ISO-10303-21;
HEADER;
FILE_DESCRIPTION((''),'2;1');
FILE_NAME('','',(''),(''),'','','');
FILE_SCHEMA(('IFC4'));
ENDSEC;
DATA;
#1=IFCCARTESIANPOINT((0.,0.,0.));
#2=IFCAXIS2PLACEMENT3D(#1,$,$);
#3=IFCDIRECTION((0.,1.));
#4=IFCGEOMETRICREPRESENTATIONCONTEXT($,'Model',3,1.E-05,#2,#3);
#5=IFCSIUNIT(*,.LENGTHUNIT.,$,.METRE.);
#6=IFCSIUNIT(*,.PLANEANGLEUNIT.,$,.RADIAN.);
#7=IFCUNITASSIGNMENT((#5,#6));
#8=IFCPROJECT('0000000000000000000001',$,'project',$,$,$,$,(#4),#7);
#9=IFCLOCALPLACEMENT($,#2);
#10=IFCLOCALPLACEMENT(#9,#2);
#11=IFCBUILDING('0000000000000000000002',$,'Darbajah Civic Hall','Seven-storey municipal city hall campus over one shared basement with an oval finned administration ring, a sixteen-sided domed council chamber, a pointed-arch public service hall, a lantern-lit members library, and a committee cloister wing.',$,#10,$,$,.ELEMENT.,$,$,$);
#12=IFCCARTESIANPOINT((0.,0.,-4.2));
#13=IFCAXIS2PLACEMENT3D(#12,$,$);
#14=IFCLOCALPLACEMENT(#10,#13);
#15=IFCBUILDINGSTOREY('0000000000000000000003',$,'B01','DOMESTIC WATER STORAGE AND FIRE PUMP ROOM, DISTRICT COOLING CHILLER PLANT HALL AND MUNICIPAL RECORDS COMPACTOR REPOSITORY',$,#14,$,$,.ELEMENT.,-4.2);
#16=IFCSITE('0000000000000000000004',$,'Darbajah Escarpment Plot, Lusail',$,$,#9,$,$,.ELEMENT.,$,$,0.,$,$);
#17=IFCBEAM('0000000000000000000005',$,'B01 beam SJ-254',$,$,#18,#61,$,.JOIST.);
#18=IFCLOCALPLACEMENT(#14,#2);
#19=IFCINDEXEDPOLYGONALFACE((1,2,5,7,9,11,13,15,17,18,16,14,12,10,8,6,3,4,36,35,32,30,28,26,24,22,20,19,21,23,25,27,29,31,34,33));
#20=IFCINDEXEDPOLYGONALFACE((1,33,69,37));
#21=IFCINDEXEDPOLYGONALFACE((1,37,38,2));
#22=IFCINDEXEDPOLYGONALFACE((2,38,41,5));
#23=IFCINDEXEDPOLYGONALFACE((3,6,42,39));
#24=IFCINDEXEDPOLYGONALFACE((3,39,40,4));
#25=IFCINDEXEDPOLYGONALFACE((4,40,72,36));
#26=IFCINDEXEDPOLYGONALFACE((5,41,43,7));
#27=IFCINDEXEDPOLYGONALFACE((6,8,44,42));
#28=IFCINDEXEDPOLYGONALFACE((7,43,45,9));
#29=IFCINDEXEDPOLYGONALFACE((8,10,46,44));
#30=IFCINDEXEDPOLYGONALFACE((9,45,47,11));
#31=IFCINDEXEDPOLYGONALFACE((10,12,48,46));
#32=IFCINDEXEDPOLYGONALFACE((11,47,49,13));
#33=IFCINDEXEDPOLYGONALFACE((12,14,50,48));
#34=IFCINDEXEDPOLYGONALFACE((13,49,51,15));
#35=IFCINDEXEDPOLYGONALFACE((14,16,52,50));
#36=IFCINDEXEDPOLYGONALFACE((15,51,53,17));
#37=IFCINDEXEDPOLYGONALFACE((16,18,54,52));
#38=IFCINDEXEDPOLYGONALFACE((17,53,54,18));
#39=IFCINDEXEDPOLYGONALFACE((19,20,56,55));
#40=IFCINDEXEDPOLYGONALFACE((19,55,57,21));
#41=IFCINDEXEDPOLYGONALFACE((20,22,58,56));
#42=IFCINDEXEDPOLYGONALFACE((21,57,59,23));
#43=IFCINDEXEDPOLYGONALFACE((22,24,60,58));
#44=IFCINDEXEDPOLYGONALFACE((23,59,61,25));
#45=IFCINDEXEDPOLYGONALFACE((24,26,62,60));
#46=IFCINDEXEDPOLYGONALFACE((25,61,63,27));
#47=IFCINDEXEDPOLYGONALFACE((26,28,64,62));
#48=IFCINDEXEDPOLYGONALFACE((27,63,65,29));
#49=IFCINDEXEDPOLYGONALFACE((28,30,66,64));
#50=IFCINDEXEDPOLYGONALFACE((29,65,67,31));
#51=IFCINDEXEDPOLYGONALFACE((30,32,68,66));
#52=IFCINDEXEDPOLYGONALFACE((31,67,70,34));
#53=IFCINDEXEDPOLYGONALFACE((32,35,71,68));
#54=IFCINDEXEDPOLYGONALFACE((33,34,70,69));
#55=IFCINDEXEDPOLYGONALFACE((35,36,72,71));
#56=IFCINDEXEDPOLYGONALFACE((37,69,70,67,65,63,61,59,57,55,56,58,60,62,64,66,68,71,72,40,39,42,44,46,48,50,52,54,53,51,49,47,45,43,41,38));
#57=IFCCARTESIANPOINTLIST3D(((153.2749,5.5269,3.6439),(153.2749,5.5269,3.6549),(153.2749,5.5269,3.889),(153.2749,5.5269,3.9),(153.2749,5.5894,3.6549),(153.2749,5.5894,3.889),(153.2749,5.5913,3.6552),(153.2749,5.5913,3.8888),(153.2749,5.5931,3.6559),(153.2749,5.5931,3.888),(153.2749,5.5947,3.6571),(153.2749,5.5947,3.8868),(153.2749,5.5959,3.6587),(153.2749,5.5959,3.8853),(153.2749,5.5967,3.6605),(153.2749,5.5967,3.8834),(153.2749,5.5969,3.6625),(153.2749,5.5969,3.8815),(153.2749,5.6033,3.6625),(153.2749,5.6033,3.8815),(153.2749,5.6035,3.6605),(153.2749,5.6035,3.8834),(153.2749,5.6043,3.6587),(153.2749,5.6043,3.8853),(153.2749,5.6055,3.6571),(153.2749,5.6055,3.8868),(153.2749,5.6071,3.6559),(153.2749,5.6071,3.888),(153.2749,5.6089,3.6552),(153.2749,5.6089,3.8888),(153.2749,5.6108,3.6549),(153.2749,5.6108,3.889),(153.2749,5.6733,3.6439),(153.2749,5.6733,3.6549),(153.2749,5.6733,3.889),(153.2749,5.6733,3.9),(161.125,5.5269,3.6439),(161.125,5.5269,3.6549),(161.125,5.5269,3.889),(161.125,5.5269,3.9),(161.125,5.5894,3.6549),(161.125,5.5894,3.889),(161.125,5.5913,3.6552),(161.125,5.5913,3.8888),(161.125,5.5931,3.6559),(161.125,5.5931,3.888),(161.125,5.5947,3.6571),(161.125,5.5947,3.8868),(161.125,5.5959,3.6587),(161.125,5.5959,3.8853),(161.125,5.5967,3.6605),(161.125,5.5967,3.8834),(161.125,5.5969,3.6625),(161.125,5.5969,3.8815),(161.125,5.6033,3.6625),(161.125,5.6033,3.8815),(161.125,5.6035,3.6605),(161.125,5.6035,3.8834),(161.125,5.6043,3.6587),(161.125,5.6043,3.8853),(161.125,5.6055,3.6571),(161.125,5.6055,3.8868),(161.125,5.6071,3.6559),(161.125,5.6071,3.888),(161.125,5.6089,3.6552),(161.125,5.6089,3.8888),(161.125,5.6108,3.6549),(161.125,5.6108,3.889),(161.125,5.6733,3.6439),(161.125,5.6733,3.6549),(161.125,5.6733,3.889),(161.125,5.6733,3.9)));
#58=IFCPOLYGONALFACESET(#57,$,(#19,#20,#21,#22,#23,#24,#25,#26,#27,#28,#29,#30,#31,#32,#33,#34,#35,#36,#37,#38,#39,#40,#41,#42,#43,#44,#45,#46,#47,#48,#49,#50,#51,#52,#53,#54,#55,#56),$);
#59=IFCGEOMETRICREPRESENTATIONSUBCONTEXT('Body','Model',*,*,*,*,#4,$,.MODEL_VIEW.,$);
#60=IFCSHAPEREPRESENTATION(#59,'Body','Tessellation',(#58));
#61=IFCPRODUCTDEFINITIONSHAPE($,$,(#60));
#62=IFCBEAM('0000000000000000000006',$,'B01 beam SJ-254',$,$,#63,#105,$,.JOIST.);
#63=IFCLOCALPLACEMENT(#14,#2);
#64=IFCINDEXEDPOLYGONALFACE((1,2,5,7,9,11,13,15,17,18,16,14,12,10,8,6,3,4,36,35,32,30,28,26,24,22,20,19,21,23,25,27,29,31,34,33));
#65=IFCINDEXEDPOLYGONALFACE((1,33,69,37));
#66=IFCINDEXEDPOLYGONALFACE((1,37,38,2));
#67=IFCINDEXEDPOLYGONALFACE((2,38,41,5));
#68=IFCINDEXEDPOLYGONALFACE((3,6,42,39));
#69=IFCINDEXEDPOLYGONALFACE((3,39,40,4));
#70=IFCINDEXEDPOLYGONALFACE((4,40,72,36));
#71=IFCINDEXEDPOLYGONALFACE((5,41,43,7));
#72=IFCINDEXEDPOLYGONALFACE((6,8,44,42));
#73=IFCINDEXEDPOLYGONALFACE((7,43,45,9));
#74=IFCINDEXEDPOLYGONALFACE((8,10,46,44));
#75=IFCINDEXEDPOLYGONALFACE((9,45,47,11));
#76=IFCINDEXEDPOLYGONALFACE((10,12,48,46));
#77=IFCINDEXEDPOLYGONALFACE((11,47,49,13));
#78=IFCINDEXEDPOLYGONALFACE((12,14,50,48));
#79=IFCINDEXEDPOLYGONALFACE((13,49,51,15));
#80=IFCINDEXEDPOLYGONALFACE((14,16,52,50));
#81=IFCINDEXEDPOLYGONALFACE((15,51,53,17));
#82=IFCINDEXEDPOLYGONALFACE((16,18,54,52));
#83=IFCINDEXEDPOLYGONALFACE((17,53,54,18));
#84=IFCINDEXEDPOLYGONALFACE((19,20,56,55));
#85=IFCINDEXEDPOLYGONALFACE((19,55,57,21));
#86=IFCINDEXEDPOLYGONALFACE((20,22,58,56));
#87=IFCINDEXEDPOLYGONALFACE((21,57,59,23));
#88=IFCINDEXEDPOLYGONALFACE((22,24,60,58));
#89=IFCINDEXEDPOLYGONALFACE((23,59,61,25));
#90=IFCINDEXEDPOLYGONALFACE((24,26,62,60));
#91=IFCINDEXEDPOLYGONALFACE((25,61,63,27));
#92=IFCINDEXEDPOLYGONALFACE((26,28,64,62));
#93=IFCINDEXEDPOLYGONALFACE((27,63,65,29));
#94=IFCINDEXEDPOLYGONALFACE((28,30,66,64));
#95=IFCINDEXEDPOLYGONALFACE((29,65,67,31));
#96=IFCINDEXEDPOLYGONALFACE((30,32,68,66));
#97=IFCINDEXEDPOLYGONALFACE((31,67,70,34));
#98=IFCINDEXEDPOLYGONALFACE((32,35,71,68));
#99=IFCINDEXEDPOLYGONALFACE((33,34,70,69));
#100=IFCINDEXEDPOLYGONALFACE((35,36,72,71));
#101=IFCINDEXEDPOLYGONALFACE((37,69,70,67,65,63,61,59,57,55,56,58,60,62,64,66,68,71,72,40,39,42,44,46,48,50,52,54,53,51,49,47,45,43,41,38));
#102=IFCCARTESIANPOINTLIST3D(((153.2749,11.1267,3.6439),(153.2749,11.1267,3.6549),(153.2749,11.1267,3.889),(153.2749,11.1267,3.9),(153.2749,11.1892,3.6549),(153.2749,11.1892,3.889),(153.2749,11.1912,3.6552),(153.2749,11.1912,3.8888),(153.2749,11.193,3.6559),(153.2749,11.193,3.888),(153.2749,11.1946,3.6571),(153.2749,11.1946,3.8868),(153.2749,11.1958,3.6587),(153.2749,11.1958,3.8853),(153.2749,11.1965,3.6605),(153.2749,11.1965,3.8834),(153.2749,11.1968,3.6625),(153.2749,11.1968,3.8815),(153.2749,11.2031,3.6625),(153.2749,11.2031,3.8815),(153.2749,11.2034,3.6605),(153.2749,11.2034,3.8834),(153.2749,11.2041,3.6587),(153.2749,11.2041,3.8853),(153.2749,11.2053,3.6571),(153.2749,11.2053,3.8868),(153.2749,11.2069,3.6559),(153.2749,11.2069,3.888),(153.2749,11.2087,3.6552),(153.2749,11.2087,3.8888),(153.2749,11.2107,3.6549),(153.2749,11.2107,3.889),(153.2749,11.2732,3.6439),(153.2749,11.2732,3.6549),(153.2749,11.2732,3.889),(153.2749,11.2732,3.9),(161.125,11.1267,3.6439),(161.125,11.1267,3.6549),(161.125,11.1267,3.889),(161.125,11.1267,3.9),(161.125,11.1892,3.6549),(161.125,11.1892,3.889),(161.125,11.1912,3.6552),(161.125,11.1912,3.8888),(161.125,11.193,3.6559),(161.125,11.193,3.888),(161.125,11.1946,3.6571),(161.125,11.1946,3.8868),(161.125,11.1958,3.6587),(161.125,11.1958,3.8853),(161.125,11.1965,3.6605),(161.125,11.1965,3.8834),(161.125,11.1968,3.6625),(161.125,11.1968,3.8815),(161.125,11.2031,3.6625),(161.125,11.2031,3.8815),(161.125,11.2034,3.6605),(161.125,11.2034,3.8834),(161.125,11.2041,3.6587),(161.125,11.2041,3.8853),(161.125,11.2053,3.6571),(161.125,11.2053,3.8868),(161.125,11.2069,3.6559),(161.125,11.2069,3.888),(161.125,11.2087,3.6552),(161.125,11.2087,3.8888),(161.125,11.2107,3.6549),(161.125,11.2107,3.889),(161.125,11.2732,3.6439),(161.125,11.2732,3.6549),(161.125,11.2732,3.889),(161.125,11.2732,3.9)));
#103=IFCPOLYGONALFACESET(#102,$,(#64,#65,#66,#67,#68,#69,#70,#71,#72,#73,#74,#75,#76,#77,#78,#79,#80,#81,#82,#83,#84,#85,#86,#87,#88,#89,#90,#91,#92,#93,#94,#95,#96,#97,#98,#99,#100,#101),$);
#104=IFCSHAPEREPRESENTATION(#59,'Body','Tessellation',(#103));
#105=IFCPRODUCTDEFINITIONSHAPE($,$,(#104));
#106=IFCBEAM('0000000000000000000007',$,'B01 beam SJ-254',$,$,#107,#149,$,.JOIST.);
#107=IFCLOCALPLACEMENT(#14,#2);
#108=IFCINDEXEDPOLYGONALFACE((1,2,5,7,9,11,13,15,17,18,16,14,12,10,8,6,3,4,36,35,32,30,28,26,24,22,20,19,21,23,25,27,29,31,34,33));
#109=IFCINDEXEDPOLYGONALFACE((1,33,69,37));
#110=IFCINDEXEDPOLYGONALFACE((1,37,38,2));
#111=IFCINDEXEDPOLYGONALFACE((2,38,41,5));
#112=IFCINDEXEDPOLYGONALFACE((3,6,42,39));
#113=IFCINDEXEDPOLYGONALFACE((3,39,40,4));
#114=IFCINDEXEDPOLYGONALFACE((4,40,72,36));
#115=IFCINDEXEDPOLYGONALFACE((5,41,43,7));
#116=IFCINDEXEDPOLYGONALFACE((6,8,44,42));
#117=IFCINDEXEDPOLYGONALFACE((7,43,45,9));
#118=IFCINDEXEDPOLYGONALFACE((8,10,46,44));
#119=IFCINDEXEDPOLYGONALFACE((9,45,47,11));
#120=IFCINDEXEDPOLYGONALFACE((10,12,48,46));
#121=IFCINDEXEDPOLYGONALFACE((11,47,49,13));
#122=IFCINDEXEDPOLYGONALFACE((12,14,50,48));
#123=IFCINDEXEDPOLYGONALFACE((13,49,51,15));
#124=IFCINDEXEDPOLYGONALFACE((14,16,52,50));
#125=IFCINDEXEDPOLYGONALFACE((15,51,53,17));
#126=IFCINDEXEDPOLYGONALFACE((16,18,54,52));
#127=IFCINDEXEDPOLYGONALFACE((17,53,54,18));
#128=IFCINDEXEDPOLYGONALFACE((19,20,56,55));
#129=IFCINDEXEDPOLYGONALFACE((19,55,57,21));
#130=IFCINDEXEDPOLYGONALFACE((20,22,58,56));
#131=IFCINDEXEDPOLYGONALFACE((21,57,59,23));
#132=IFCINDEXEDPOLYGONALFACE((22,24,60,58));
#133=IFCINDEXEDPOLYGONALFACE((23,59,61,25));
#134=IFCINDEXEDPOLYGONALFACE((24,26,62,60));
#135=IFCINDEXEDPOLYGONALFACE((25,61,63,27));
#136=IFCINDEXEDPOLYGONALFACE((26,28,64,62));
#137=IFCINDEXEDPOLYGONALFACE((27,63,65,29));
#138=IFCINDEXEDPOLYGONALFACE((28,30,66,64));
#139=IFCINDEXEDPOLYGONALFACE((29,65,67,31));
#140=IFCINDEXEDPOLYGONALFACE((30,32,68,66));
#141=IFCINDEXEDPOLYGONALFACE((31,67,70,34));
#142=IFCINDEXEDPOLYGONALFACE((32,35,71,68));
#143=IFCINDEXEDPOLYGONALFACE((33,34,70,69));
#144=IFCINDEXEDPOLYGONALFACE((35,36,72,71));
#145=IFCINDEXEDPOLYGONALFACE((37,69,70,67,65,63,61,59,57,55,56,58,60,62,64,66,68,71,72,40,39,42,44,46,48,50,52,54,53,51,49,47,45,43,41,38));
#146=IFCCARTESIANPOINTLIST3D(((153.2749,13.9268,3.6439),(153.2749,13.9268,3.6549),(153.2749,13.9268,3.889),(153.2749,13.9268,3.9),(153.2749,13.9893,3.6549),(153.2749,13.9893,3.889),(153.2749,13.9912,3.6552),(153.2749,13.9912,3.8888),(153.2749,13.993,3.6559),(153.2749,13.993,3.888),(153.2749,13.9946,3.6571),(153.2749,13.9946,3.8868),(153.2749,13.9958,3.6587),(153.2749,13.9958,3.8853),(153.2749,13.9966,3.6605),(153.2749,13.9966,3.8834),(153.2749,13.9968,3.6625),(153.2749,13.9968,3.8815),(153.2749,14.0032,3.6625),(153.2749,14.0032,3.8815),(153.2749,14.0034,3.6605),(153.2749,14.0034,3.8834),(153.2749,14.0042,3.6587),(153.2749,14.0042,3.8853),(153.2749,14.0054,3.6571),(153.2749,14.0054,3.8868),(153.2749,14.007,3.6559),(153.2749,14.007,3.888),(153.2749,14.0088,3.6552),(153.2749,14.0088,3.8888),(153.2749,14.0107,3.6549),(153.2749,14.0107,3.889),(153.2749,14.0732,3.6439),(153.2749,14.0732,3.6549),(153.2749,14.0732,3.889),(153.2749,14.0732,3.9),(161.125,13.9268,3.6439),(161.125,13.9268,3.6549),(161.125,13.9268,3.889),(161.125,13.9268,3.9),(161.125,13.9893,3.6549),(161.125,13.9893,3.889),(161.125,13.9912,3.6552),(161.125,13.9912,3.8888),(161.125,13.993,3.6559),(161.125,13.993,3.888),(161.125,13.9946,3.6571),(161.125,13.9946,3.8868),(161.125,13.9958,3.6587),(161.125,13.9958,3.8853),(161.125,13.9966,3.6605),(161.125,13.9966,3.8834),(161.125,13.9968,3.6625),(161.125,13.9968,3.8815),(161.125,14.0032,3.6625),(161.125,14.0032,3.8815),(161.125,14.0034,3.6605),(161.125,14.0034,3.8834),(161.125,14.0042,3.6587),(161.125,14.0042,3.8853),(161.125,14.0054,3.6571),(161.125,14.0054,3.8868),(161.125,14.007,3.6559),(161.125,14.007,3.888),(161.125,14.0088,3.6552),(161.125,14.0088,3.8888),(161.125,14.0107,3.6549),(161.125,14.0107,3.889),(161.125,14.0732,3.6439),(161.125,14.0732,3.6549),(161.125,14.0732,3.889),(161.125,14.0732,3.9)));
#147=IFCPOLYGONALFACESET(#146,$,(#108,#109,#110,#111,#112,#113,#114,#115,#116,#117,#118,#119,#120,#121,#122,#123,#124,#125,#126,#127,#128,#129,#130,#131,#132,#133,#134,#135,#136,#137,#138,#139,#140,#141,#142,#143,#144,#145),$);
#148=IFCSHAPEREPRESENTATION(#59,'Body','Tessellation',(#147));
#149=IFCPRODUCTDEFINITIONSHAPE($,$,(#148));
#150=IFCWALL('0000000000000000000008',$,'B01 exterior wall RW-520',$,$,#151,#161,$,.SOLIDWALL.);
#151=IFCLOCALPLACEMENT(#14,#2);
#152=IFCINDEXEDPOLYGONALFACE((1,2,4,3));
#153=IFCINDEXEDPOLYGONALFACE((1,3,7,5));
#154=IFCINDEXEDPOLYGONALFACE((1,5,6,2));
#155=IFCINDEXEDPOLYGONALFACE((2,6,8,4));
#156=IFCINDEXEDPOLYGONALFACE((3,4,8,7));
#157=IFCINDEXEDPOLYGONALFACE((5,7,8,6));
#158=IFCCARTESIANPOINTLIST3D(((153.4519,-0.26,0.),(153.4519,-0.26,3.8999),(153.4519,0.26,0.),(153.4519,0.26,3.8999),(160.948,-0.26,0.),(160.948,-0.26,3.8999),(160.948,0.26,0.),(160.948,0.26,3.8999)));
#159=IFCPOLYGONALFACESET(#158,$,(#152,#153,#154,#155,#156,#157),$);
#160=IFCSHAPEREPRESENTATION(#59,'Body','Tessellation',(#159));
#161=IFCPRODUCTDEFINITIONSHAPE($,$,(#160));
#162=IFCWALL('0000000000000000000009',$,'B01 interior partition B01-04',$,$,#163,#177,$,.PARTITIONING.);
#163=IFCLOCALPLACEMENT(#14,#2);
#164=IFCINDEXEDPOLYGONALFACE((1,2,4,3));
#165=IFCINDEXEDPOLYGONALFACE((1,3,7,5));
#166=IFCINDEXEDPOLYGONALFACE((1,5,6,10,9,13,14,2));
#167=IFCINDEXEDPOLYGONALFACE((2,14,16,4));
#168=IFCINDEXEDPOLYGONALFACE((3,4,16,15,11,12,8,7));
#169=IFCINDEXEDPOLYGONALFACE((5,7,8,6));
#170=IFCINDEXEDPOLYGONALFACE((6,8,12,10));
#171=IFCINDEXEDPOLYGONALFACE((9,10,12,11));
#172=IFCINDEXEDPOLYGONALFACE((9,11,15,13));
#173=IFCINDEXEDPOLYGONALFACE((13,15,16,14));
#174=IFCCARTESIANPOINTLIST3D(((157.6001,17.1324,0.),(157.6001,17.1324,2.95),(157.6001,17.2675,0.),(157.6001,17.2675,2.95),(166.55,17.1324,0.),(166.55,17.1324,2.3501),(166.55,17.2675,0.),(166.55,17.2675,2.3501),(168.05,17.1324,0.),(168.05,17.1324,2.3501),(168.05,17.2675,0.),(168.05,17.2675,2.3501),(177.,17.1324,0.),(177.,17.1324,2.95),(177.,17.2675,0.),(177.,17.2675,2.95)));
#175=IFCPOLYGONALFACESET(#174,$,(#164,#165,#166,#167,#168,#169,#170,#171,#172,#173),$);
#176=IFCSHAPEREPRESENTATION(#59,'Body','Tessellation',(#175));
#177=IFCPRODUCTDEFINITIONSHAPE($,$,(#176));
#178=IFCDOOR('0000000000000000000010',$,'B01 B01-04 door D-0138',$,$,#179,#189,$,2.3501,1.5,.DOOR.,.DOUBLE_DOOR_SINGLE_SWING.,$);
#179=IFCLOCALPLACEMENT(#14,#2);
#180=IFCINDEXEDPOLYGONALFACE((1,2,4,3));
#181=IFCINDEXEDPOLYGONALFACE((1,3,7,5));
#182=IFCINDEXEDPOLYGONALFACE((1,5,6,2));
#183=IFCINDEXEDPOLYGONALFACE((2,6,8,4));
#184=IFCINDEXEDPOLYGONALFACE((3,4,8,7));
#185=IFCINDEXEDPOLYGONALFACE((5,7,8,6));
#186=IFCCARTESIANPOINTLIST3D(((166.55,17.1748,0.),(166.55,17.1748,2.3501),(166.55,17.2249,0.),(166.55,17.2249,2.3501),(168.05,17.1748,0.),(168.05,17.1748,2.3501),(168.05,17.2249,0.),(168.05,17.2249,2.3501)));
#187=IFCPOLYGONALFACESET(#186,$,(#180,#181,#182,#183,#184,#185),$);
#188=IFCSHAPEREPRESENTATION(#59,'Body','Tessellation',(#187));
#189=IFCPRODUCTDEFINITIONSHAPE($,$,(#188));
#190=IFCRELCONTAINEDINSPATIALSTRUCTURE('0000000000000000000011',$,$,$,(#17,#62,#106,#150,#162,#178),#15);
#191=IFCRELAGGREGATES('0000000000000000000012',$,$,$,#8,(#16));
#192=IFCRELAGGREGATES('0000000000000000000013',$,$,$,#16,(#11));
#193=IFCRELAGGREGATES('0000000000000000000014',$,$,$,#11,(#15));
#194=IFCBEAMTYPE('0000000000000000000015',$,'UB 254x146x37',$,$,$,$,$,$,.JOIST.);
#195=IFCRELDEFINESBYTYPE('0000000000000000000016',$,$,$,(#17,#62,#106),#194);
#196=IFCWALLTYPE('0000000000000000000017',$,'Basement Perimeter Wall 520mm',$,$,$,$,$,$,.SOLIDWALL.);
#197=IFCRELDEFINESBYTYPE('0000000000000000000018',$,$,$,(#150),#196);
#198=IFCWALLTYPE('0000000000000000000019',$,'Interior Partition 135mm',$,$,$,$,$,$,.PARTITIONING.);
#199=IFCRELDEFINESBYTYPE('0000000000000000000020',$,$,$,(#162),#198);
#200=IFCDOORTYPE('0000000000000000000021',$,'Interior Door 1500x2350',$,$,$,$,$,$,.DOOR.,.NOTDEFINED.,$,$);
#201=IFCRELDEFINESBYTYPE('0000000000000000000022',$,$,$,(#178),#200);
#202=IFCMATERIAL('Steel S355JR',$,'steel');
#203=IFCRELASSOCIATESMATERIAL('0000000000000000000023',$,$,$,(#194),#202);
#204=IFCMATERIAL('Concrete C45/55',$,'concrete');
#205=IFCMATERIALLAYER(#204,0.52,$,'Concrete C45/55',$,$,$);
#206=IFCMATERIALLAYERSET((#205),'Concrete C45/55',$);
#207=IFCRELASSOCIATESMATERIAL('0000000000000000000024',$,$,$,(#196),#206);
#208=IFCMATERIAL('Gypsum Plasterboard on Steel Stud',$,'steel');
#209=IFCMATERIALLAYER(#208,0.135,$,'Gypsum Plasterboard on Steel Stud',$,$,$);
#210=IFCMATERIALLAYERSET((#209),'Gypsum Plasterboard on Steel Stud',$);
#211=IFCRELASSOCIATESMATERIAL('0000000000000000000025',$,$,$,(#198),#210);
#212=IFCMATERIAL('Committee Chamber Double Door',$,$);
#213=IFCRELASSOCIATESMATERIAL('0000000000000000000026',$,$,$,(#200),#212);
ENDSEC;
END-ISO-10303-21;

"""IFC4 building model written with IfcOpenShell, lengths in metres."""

from ifc_helpers import new_model, si_unit, direction, frame, frame_2d, origin, origin_2d, place, context, subcontext, project, spatial, rectangle, i_section, extrude, material, layer, layer_set, material_profile, profile_set, type_object, element, fill, save


model = new_model("IFC4")

# Units and contexts
model_context = context("Model", 3, precision=1e-05, world=origin(), true_north=direction((0.0, 1.0)))
body_context = subcontext(model_context, "Body", "Model", "MODEL_VIEW")
ifc_project = project(units=[si_unit("LENGTHUNIT", "METRE"), si_unit("PLANEANGLEUNIT", "RADIAN")], contexts=[model_context])

# Site, building, storey
site_placement = place(None, origin())
site = spatial("IfcSite", under=ifc_project, at=site_placement, Name="Darbajah Escarpment Plot, Lusail", CompositionType="ELEMENT", RefElevation=0.0)
building_placement = place(site_placement, origin())
building = spatial("IfcBuilding", under=site, at=building_placement, Name="Darbajah Civic Hall", Description="Seven-storey municipal city hall campus over one shared basement with an oval finned administration ring, a sixteen-sided domed council chamber, a pointed-arch public service hall, a lantern-lit members library, and a committee cloister wing.", CompositionType="ELEMENT")
storey_placement = place(building_placement, frame((0.0, 0.0, -4.2)))
storey = spatial("IfcBuildingStorey", under=building, at=storey_placement, Name="B01", Description="DOMESTIC WATER STORAGE AND FIRE PUMP ROOM, DISTRICT COOLING CHILLER PLANT HALL AND MUNICIPAL RECORDS COMPACTOR REPOSITORY", CompositionType="ELEMENT", Elevation=-4.2)

# Shared definitions
ifc_material_1 = material(Name="Concrete C45/55", Category="concrete")

# Beams
ifc_material_2 = material(Name="Steel S355JR", Category="steel")
ifc_material_profile_1 = material_profile(ifc_material_2, i_section(OverallWidth=0.1465, OverallDepth=0.2561, WebThickness=0.0063, FlangeThickness=0.011, FilletRadius=0.0076, at=origin_2d()), Name="UB 254x146x37")
ifc_profile_set_1 = profile_set([ifc_material_profile_1], Name="Steel S355JR")
beam_type_1 = type_object("IfcBeamType", Name="UB 254x146x37", PredefinedType="JOIST", material=ifc_profile_set_1)
for number, where, z_axis, x_axis, name in (
    (1, (153.2749, 5.6001, 3.772), (1.0, 0.0, 0.0), (0.0, 1.0, 0.0), "B01 beam SJ-254"),
    (2, (153.2749, 11.2, 3.772), (1.0, 0.0, 0.0), (0.0, 1.0, 0.0), "B01 beam SJ-254"),
    (3, (153.2749, 14.0, 3.772), (1.0, 0.0, 0.0), (0.0, 1.0, 0.0), "B01 beam SJ-254"),
):
    element("IfcBeam", number, at=place(storey_placement, frame(where, z_axis=z_axis, x_axis=x_axis)), inside=storey, type_object=beam_type_1, Name=name, PredefinedType="JOIST", context=body_context, shape_type="SweptSolid", body=[
        extrude(i_section(OverallWidth=0.1465, OverallDepth=0.2561, WebThickness=0.0063, FlangeThickness=0.011, FilletRadius=0.0076, at=origin_2d()), origin(), (0.0, 0.0, 1.0), 7.8501),
    ])

# Wall
ifc_layer_1 = layer(ifc_material_1, 0.52, Name="Concrete C45/55")
ifc_layer_set_1 = layer_set([ifc_layer_1], Name="Concrete C45/55")
wall_type_1 = type_object("IfcWallType", Name="Basement Perimeter Wall 520mm", PredefinedType="SOLIDWALL", material=ifc_layer_set_1)
wall_1_placement = place(storey_placement, frame((153.4519, 0.0, 0.0), z_axis=(0.0, 0.0, 1.0), x_axis=(1.0, 0.0, 0.0)))
element("IfcWall", 4, at=wall_1_placement, inside=storey, type_object=wall_type_1, Name="B01 exterior wall RW-520", PredefinedType="SOLIDWALL", context=body_context, shape_type="SweptSolid", body=[
    extrude(rectangle(XDim=7.4961, YDim=0.52, at=frame_2d((3.748, 0.0))), origin(), (0.0, 0.0, 1.0), 3.8999),
])

# Wall, opening, door
ifc_material_3 = material(Name="Gypsum Plasterboard on Steel Stud", Category="steel")
ifc_layer_2 = layer(ifc_material_3, 0.135, Name="Gypsum Plasterboard on Steel Stud")
ifc_layer_set_2 = layer_set([ifc_layer_2], Name="Gypsum Plasterboard on Steel Stud")
wall_type_2 = type_object("IfcWallType", Name="Interior Partition 135mm", PredefinedType="PARTITIONING", material=ifc_layer_set_2)
wall_2_placement = place(storey_placement, frame((157.6001, 17.2, 0.0), z_axis=(0.0, 0.0, 1.0), x_axis=(1.0, 0.0, 0.0)))
wall_2 = element("IfcWall", 5, at=wall_2_placement, inside=storey, type_object=wall_type_2, Name="B01 interior partition B01-04", PredefinedType="PARTITIONING", context=body_context, shape_type="SweptSolid", body=[
    extrude(rectangle(XDim=19.3999, YDim=0.135, at=frame_2d((9.7, 0.0))), origin(), (0.0, 0.0, 1.0), 2.95),
])
opening_placement = place(wall_2_placement, frame((8.95, 0.0, 0.0)))
opening = element("IfcOpeningElement", 6, at=opening_placement, cuts=wall_2, PredefinedType="OPENING", context=body_context, shape_type="SweptSolid", body=[
    extrude(rectangle(XDim=1.5, YDim=2.3501, at=frame_2d((0.75, 1.175))), frame((0.0, 0.0774, 0.0), z_axis=(0.0, -1.0, 0.0), x_axis=(1.0, 0.0, 0.0)), (0.0, 0.0, 1.0), 0.155),
])
ifc_material_4 = material(Name="Committee Chamber Double Door")
door_type = type_object("IfcDoorType", Name="Interior Door 1500x2350", OperationType="NOTDEFINED", PredefinedType="DOOR", material=ifc_material_4)
door_placement = place(opening_placement, origin())
door = element("IfcDoor", 7, at=door_placement, inside=storey, type_object=door_type, Name="B01 B01-04 door D-0138", OperationType="DOUBLE_DOOR_SINGLE_SWING", OverallHeight=2.3501, OverallWidth=1.5, PredefinedType="DOOR", context=body_context, shape_type="SweptSolid", body=[
    extrude(rectangle(XDim=1.5, YDim=2.3501, at=frame_2d((0.75, 1.175))), frame((0.0, 0.0249, 0.0), z_axis=(0.0, -1.0, 0.0), x_axis=(1.0, 0.0, 0.0)), (0.0, 0.0, 1.0), 0.05),
])
fill(opening, door)

save(model, "model.ifc")
